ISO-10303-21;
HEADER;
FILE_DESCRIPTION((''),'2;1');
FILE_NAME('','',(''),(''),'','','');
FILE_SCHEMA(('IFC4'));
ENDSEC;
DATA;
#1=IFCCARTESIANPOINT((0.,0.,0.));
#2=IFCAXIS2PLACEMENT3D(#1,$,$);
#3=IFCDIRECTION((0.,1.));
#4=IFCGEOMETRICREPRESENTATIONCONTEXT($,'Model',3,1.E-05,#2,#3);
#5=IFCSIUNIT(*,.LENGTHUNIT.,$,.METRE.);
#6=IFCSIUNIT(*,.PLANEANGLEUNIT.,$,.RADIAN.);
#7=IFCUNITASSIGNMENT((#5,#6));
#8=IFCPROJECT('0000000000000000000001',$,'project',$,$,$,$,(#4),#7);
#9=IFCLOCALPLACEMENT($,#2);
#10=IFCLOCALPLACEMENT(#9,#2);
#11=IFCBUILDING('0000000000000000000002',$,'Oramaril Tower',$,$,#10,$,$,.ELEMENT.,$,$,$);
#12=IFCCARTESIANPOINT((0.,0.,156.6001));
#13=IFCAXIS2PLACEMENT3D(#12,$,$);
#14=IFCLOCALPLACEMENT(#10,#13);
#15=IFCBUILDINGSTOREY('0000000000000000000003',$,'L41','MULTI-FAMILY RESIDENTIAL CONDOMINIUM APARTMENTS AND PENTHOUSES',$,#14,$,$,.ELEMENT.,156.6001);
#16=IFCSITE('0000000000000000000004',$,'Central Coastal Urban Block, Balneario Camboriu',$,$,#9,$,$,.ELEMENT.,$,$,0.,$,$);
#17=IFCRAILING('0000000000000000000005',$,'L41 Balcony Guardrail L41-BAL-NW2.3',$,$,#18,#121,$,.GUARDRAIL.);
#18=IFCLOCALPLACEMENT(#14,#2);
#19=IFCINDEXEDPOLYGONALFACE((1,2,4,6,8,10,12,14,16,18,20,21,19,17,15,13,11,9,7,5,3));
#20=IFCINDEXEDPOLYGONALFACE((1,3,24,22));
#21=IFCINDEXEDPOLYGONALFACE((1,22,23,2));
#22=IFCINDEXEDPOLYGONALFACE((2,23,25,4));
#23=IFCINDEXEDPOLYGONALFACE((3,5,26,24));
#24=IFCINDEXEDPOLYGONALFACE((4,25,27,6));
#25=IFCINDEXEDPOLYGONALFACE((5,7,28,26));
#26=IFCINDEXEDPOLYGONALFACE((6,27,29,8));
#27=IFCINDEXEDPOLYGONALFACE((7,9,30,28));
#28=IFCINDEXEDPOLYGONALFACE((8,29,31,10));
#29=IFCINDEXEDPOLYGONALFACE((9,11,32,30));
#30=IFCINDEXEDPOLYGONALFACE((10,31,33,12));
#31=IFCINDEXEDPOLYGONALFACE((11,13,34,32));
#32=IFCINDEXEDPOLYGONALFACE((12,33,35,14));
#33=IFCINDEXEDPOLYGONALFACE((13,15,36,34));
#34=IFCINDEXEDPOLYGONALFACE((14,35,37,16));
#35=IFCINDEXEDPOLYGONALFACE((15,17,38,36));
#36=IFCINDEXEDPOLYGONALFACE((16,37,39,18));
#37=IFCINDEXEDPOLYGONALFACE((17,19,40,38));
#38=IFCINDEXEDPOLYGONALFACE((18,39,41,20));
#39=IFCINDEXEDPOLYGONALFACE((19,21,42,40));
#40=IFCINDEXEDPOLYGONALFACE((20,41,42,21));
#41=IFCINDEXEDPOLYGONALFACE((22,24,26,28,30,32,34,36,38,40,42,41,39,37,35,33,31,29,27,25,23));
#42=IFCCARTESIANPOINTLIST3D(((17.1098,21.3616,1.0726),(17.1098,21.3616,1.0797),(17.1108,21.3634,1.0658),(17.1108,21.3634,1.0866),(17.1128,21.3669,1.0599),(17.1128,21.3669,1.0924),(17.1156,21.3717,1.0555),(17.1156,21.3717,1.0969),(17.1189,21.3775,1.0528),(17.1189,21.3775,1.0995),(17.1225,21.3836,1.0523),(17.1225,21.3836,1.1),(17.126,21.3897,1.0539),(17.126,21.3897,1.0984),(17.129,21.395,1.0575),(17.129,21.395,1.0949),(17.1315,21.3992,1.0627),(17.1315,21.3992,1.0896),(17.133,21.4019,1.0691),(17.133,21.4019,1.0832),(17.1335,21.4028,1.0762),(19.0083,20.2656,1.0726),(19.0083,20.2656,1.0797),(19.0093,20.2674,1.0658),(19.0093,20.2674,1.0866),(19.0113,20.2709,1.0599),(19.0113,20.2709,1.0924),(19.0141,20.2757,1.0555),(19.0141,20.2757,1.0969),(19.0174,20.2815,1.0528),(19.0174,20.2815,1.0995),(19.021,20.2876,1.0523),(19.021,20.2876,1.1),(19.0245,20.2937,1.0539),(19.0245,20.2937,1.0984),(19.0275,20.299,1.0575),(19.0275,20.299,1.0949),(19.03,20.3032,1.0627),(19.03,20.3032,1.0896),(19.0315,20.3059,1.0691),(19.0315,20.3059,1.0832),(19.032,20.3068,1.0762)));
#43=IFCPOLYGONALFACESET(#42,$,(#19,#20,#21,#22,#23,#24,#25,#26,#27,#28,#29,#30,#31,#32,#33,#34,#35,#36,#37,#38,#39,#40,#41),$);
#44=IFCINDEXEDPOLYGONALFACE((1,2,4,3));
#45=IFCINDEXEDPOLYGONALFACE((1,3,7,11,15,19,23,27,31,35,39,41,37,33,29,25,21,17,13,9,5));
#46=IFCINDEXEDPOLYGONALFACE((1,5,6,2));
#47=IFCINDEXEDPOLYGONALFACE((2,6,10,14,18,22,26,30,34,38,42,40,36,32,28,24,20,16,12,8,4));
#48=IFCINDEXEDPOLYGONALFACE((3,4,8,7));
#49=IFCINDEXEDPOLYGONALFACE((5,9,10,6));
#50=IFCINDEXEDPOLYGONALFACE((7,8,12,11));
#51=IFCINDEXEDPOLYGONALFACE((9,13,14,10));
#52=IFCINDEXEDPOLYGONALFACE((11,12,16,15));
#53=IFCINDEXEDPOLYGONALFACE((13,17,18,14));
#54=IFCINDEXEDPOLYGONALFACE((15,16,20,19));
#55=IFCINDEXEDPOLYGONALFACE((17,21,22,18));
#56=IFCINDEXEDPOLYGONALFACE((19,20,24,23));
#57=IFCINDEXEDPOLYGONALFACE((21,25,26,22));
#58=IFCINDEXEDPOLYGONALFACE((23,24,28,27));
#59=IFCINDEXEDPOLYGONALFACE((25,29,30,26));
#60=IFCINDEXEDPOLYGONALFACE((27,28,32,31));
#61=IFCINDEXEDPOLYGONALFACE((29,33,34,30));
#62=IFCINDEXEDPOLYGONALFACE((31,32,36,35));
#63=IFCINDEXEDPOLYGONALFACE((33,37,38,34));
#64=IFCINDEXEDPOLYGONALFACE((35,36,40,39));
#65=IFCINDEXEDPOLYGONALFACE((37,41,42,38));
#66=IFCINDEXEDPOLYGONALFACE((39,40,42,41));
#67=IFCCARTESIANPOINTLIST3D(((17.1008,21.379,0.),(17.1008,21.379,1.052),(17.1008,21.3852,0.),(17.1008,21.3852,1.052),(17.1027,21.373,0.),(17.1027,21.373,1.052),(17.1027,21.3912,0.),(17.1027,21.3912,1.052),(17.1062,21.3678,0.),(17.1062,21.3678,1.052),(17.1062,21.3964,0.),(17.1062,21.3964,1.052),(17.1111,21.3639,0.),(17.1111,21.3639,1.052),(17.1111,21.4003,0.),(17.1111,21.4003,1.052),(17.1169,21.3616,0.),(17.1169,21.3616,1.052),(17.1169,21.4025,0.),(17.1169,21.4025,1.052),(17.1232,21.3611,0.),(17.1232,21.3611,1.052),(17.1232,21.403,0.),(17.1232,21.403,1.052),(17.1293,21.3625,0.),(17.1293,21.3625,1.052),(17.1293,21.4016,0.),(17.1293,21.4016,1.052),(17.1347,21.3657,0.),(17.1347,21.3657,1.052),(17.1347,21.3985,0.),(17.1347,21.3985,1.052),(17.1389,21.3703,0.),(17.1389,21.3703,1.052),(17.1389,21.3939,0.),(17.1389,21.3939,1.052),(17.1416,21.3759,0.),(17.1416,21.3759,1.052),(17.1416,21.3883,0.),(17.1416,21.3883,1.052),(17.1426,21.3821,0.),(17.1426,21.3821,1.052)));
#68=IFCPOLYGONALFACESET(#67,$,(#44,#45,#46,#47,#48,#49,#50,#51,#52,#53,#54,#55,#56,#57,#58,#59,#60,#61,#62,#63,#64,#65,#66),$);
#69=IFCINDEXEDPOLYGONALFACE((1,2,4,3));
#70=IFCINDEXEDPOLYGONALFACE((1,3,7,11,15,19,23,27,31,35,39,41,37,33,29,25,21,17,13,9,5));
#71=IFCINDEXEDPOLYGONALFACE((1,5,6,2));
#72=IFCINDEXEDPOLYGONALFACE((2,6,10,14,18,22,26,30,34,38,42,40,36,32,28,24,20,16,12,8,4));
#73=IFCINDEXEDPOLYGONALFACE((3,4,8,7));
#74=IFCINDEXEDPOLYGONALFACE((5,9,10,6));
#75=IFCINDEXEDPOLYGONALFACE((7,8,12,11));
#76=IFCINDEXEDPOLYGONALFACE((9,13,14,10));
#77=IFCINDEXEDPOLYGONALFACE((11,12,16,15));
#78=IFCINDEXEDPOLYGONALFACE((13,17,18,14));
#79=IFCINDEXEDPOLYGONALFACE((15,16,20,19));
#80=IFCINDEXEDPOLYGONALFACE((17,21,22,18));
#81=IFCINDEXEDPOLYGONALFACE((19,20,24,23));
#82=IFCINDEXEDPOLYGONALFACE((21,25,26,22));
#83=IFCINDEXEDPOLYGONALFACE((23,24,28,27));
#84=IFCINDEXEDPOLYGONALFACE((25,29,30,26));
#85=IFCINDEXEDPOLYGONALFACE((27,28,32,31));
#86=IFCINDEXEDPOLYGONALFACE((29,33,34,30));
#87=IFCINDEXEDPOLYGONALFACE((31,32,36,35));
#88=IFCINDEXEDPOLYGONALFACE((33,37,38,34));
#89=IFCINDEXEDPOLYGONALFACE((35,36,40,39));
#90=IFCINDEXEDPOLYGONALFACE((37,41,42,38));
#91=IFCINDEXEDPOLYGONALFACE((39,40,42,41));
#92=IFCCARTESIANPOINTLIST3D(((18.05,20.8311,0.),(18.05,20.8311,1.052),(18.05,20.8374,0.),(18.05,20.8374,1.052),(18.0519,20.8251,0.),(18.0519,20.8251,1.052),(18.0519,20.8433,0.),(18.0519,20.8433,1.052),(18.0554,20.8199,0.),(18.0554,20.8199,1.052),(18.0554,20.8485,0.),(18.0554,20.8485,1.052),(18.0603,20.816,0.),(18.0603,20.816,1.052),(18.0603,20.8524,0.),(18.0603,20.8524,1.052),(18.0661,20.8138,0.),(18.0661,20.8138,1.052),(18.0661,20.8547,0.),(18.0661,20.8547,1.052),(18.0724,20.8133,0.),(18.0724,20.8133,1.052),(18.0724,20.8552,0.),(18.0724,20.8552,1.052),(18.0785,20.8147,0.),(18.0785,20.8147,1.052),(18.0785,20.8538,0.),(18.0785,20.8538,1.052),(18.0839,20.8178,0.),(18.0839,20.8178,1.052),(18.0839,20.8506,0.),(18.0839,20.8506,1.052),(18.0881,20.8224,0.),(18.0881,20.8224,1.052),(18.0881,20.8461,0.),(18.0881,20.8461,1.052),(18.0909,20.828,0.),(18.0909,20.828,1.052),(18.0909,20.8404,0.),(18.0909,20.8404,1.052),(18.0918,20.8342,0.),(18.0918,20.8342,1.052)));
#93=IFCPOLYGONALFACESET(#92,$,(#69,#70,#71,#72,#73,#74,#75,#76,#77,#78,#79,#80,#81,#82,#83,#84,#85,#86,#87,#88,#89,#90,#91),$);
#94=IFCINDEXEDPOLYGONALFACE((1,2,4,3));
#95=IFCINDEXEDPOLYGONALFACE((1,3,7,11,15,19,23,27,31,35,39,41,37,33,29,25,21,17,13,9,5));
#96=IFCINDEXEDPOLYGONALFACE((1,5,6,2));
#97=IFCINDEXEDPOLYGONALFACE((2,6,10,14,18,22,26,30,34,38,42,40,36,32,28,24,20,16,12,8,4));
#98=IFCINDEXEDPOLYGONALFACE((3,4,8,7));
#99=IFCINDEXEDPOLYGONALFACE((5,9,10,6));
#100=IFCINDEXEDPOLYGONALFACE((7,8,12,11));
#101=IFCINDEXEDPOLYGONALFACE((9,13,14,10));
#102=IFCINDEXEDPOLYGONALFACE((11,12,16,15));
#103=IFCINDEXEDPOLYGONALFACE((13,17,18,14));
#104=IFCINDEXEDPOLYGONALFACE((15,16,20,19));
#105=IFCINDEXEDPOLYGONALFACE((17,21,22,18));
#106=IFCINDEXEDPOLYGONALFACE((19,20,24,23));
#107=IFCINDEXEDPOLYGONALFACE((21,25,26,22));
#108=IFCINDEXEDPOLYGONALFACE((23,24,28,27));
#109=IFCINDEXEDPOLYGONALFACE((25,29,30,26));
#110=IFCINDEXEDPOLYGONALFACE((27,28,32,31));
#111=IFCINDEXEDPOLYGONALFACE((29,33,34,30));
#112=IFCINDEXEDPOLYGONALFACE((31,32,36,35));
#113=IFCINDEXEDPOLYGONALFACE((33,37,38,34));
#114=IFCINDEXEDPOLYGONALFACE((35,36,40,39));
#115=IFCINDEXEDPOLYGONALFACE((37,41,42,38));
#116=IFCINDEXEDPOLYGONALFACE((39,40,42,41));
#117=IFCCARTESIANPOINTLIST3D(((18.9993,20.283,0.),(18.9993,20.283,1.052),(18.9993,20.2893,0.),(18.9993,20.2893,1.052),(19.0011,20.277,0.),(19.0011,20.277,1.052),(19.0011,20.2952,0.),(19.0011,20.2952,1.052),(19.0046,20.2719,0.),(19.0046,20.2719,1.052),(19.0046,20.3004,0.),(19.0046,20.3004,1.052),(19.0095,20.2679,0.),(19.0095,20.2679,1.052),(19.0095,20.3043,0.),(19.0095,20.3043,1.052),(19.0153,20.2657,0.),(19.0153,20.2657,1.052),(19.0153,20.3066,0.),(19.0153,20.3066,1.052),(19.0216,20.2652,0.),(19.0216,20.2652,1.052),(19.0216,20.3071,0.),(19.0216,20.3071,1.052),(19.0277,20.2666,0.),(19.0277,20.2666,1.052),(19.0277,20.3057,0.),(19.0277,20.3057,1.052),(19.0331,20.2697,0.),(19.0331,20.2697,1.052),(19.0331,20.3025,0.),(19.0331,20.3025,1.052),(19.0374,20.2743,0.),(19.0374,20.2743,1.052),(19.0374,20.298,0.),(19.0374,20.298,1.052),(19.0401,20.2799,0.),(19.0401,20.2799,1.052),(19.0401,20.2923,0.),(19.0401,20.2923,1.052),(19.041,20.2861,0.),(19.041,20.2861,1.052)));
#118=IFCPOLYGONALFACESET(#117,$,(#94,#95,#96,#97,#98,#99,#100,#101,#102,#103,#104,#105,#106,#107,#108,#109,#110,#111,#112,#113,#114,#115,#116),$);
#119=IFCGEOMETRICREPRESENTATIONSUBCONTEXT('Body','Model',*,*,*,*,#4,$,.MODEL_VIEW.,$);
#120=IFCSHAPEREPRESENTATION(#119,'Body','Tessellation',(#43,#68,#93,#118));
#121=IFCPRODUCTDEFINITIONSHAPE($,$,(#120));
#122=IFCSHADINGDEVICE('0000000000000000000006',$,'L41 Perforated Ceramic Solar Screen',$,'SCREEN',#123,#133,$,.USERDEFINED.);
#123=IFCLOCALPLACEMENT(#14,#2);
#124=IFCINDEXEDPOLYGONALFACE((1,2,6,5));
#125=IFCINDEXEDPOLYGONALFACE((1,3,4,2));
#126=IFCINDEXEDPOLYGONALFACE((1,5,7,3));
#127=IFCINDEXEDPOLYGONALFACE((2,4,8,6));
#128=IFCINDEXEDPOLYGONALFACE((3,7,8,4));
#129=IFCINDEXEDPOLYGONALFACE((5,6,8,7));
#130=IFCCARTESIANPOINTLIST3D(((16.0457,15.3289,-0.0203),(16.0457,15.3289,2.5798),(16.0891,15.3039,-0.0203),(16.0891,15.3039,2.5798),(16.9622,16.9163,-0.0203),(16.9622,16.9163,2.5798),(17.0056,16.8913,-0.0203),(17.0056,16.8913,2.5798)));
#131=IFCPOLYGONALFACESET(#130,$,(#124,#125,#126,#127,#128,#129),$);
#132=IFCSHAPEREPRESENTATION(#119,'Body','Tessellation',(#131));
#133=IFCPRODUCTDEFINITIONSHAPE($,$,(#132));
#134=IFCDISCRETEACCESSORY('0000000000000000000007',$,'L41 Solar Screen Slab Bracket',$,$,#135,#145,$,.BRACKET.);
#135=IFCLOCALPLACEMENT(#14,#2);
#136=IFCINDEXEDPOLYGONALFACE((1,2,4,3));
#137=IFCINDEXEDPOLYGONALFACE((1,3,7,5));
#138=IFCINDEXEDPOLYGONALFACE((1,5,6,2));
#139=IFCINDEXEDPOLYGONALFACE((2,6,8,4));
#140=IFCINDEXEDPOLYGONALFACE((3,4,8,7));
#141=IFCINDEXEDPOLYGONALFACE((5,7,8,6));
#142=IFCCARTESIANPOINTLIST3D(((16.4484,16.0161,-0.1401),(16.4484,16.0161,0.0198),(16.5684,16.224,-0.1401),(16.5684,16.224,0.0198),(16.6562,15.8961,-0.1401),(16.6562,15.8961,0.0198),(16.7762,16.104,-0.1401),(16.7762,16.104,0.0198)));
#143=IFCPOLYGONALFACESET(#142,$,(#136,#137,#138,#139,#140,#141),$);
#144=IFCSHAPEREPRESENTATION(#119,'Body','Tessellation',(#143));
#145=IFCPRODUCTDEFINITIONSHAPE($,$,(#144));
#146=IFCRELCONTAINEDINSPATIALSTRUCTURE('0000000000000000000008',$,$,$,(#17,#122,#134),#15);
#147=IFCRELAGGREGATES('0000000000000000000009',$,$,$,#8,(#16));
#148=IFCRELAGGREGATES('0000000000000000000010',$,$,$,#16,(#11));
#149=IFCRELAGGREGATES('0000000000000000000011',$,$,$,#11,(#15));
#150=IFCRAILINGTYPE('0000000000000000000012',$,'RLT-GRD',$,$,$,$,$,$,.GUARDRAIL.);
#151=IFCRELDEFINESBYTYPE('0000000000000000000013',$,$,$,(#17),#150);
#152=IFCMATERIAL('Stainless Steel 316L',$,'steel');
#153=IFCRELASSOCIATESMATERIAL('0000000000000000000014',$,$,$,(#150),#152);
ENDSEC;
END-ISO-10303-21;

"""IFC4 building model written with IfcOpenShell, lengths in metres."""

from ifc_helpers import new_model, si_unit, direction, frame, origin, origin_2d, place, context, subcontext, project, spatial, rectangle, circle, extrude, material, type_object, element, save


model = new_model("IFC4")

# Units and contexts
model_context = context("Model", 3, precision=1e-05, world=origin(), true_north=direction((0.0, 1.0)))
body_context = subcontext(model_context, "Body", "Model", "MODEL_VIEW")
ifc_project = project(units=[si_unit("LENGTHUNIT", "METRE"), si_unit("PLANEANGLEUNIT", "RADIAN")], contexts=[model_context])

# Site, building, storey
site_placement = place(None, origin())
site = spatial("IfcSite", under=ifc_project, at=site_placement, Name="Central Coastal Urban Block, Balneario Camboriu", CompositionType="ELEMENT", RefElevation=0.0)
building_placement = place(site_placement, origin())
building = spatial("IfcBuilding", under=site, at=building_placement, Name="Oramaril Tower", CompositionType="ELEMENT")
storey_placement = place(building_placement, frame((0.0, 0.0, 156.6001)))
storey = spatial("IfcBuildingStorey", under=building, at=storey_placement, Name="L41", Description="MULTI-FAMILY RESIDENTIAL CONDOMINIUM APARTMENTS AND PENTHOUSES", CompositionType="ELEMENT", Elevation=156.6001)

# Railing
ifc_material_1 = material(Name="Stainless Steel 316L", Category="steel")
railing_type = type_object("IfcRailingType", Name="RLT-GRD", PredefinedType="GUARDRAIL", material=ifc_material_1)
railing_1_placement = place(storey_placement, frame((17.1216, 21.3821, 0.0)))
element("IfcRailing", 1, at=railing_1_placement, inside=storey, type_object=railing_type, Name="L41 Balcony Guardrail L41-BAL-NW2.3", PredefinedType="GUARDRAIL", context=body_context, shape_type="SweptSolid", body=[
    extrude(circle(Radius=0.0239, at=origin_2d()), frame((0.0, 0.0, 1.0762), z_axis=(0.866048, -0.49996, 0.0), x_axis=(0.49996, 0.866048, 0.0)), (0.0, 0.0, 1.0), 2.1921),
    extrude(circle(Radius=0.021, at=origin_2d()), origin(), (0.0, 0.0, 1.0), 1.052),
    extrude(circle(Radius=0.021, at=origin_2d()), frame((0.9492, -0.5479, 0.0)), (0.0, 0.0, 1.0), 1.052),
    extrude(circle(Radius=0.021, at=origin_2d()), frame((1.8984, -1.0959, 0.0)), (0.0, 0.0, 1.0), 1.052),
])

# Shading device
shading_device_placement = place(storey_placement, frame((16.5256, 16.1101, -0.0203), z_axis=(0.0, 0.0, 1.0), x_axis=(-0.5, -0.866025, 0.0)))
element("IfcShadingDevice", 2, at=shading_device_placement, inside=storey, Name="L41 Perforated Ceramic Solar Screen", ObjectType="SCREEN", PredefinedType="USERDEFINED", context=body_context, shape_type="SweptSolid", body=[
    extrude(rectangle(XDim=1.833, YDim=0.05, at=origin_2d()), origin(), (0.0, 0.0, 1.0), 2.6001),
])

# Discrete accessory
discrete_accessory_placement = place(storey_placement, frame((16.6123, 16.0601, -0.1401), z_axis=(0.0, 0.0, 1.0), x_axis=(-0.5, -0.866025, 0.0)))
element("IfcDiscreteAccessory", 3, at=discrete_accessory_placement, inside=storey, Name="L41 Solar Screen Slab Bracket", PredefinedType="BRACKET", context=body_context, shape_type="SweptSolid", body=[
    extrude(rectangle(XDim=0.24, YDim=0.24, at=origin_2d()), origin(), (0.0, 0.0, 1.0), 0.1599),
])

save(model, "model.ifc")
